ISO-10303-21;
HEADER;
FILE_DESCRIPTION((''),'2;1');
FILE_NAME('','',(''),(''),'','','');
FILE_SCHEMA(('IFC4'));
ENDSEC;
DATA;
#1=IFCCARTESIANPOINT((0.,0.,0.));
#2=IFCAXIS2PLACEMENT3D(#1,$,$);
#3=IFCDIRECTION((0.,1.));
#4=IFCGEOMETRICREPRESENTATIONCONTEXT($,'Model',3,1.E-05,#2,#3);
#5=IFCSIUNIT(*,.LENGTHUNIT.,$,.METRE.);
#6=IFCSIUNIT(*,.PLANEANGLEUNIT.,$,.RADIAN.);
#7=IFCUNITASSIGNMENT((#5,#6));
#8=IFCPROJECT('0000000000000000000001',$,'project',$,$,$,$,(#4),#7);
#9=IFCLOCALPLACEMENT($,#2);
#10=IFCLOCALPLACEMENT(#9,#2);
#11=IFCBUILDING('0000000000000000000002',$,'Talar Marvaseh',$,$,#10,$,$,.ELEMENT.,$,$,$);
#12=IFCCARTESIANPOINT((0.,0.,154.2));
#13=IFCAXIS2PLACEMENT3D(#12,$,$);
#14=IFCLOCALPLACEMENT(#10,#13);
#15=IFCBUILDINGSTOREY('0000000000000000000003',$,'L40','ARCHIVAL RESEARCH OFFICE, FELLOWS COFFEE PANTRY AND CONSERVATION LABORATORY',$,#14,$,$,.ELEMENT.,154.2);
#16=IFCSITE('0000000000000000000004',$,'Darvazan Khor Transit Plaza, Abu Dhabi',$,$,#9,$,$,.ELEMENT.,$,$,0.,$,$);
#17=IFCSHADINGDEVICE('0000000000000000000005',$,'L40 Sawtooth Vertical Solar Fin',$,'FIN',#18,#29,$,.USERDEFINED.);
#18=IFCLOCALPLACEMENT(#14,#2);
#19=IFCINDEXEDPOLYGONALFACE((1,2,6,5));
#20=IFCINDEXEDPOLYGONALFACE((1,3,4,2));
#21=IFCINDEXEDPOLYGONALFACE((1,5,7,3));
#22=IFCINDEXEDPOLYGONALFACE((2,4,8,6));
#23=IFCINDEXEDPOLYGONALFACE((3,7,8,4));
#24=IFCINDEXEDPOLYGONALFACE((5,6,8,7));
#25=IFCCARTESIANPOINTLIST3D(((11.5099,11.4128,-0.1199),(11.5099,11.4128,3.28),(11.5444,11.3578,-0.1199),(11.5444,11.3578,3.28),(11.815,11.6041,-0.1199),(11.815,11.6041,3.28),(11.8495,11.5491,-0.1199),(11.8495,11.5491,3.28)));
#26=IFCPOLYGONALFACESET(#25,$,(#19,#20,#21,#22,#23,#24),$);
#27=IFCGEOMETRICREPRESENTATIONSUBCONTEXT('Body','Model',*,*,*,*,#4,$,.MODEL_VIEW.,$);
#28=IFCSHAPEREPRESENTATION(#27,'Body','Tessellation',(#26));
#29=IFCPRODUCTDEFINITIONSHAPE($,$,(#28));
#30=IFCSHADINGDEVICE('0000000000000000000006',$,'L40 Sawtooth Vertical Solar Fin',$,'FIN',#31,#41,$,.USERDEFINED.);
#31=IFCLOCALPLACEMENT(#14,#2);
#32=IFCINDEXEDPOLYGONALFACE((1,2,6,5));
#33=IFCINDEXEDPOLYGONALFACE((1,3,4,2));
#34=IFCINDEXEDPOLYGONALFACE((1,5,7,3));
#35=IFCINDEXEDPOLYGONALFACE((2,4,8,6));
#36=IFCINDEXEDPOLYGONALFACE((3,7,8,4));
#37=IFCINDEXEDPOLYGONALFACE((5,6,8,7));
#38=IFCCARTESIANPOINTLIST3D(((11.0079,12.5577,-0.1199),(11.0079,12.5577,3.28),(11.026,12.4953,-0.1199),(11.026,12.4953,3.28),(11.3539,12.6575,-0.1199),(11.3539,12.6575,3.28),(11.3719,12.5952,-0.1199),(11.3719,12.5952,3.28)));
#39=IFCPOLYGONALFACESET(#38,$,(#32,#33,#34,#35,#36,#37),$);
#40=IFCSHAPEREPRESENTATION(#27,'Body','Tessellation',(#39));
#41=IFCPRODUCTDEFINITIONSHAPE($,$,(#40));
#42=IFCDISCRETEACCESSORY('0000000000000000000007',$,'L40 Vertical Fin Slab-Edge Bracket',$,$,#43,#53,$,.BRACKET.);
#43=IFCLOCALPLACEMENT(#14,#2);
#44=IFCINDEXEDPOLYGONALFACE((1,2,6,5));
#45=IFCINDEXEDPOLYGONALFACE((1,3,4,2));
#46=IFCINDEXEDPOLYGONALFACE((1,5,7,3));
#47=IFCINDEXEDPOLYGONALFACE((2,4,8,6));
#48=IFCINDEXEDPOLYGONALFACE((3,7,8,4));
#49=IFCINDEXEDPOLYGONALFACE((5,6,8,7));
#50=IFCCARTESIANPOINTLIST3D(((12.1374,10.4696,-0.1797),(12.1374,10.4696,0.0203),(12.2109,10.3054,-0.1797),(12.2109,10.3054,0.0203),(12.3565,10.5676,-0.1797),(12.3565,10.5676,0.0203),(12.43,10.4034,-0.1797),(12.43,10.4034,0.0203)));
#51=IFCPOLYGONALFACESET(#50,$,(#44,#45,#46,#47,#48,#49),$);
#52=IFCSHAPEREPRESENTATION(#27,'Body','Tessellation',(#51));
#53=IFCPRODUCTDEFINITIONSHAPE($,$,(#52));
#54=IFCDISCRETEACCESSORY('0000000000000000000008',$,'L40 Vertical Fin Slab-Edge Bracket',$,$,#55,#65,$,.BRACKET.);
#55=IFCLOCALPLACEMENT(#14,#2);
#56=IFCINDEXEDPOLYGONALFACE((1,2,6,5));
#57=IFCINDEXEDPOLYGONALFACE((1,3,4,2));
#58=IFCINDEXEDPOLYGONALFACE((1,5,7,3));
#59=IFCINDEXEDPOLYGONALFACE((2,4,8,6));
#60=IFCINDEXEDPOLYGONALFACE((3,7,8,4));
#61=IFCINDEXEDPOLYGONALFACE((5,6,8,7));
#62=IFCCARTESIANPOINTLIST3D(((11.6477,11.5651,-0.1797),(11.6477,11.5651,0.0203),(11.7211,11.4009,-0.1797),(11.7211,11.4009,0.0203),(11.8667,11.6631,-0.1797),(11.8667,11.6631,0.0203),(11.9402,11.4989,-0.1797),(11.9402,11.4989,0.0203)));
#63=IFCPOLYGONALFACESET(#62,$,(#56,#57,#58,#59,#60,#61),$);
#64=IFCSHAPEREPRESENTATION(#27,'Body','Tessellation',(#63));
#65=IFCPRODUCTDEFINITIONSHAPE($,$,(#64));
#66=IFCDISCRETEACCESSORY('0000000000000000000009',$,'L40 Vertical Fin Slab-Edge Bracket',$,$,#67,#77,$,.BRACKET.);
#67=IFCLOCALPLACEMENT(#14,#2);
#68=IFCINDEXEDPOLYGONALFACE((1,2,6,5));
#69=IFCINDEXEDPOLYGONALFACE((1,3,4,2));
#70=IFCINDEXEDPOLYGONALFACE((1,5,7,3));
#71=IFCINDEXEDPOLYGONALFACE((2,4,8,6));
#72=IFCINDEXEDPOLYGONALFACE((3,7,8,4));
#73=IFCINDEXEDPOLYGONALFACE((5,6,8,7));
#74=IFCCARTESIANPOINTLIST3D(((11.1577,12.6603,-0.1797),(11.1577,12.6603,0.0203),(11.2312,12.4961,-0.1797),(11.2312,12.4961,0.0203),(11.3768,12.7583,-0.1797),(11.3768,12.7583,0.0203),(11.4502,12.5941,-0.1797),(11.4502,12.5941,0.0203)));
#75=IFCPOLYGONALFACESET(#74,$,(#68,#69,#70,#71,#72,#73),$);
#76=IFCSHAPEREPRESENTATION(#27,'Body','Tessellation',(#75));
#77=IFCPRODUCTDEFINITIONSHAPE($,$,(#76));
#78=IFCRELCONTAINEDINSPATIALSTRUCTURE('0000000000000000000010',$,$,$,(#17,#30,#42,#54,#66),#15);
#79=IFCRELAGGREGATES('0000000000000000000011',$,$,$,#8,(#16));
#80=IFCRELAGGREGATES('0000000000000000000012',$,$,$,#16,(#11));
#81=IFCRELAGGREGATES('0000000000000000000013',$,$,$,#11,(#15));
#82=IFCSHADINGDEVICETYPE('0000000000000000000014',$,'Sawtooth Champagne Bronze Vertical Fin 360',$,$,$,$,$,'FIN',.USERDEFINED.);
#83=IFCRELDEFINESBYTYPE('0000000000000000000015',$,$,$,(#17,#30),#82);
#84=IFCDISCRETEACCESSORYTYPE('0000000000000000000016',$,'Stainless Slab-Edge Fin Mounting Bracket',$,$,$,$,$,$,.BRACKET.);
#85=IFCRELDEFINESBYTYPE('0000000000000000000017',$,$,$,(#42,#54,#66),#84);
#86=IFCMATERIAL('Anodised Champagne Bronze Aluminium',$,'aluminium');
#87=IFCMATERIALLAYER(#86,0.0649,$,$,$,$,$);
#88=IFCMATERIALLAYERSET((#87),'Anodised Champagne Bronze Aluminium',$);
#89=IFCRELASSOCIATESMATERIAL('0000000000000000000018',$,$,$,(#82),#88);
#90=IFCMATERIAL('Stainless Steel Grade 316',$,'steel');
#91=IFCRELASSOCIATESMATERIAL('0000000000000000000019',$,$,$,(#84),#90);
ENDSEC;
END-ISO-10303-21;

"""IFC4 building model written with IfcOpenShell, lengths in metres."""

from ifc_helpers import new_model, si_unit, direction, frame, origin, origin_2d, place, context, subcontext, project, spatial, rectangle, extrude, source, transform, mapped, material, layer, layer_set, type_object, type_shapes, element, save


model = new_model("IFC4")

# Units and contexts
model_context = context("Model", 3, precision=1e-05, world=origin(), true_north=direction((0.0, 1.0)))
body_context = subcontext(model_context, "Body", "Model", "MODEL_VIEW")
ifc_project = project(units=[si_unit("LENGTHUNIT", "METRE"), si_unit("PLANEANGLEUNIT", "RADIAN")], contexts=[model_context])

# Site, building, storey
site_placement = place(None, origin())
site = spatial("IfcSite", under=ifc_project, at=site_placement, Name="Darvazan Khor Transit Plaza, Abu Dhabi", CompositionType="ELEMENT", RefElevation=0.0)
building_placement = place(site_placement, origin())
building = spatial("IfcBuilding", under=site, at=building_placement, Name="Talar Marvaseh", CompositionType="ELEMENT")
storey_placement = place(building_placement, frame((0.0, 0.0, 154.2)))
storey = spatial("IfcBuildingStorey", under=building, at=storey_placement, Name="L40", Description="ARCHIVAL RESEARCH OFFICE, FELLOWS COFFEE PANTRY AND CONSERVATION LABORATORY", CompositionType="ELEMENT", Elevation=154.2)

# Shading devices
ifc_material_1 = material(Name="Anodised Champagne Bronze Aluminium", Category="aluminium")
ifc_layer_1 = layer(ifc_material_1, 0.0649)
ifc_layer_set_1 = layer_set([ifc_layer_1], Name="Anodised Champagne Bronze Aluminium")
shading_device_type_1 = type_object("IfcShadingDeviceType", Name="Sawtooth Champagne Bronze Vertical Fin 360", ElementType="FIN", PredefinedType="USERDEFINED", material=ifc_layer_set_1)
shared_shape_1 = source(origin(), body_context, "Body", "SweptSolid", [
    extrude(rectangle(XDim=0.3601, YDim=0.0649, at=origin_2d()), origin(), (0.0, 0.0, 1.0), 3.3999),
])
type_shapes(shading_device_type_1, [shared_shape_1])
for number, where, z_axis, x_axis, name in (
    (1, (11.6797, 11.481, -0.1199), (0.0, 0.0, 1.0), (-0.847122, -0.531399, 0.0), "L40 Sawtooth Vertical Solar Fin"),
    (2, (11.1899, 12.5764, -0.1199), (0.0, 0.0, 1.0), (-0.960779, -0.277315, 0.0), "L40 Sawtooth Vertical Solar Fin"),
):
    element("IfcShadingDevice", number, at=place(storey_placement, frame(where, z_axis=z_axis, x_axis=x_axis)), inside=storey, type_object=shading_device_type_1, Name=name, ObjectType="FIN", PredefinedType="USERDEFINED", context=body_context, shape_type="MappedRepresentation", body=[
        mapped(shared_shape_1, transform((0.0, 0.0, 0.0), x_axis=(1.0, 0.0, 0.0), y_axis=(0.0, 1.0, 0.0), z_axis=(0.0, 0.0, 1.0), scale=1.0)),
    ])

# Discrete accessories
ifc_material_2 = material(Name="Stainless Steel Grade 316", Category="steel")
discrete_accessory_type = type_object("IfcDiscreteAccessoryType", Name="Stainless Slab-Edge Fin Mounting Bracket", PredefinedType="BRACKET", material=ifc_material_2)
shared_shape_2 = source(origin(), body_context, "Body", "SweptSolid", [
    extrude(rectangle(XDim=0.24, YDim=0.1799, at=origin_2d()), origin(), (0.0, 0.0, 1.0), 0.2),
])
type_shapes(discrete_accessory_type, [shared_shape_2])
for number, where, z_axis, x_axis, name in (
    (3, (12.2837, 10.4365, -0.1797), (0.0, 0.0, 1.0), (-0.912834, -0.40833, 0.0), "L40 Vertical Fin Slab-Edge Bracket"),
    (4, (11.7939, 11.532, -0.1797), (0.0, 0.0, 1.0), (-0.912834, -0.40833, 0.0), "L40 Vertical Fin Slab-Edge Bracket"),
    (5, (11.304, 12.6272, -0.1797), (0.0, 0.0, 1.0), (-0.912834, -0.40833, 0.0), "L40 Vertical Fin Slab-Edge Bracket"),
):
    element("IfcDiscreteAccessory", number, at=place(storey_placement, frame(where, z_axis=z_axis, x_axis=x_axis)), inside=storey, type_object=discrete_accessory_type, Name=name, PredefinedType="BRACKET", context=body_context, shape_type="MappedRepresentation", body=[
        mapped(shared_shape_2, transform((0.0, 0.0, 0.0), x_axis=(1.0, 0.0, 0.0), y_axis=(0.0, 1.0, 0.0), z_axis=(0.0, 0.0, 1.0), scale=1.0)),
    ])

save(model, "model.ifc")
